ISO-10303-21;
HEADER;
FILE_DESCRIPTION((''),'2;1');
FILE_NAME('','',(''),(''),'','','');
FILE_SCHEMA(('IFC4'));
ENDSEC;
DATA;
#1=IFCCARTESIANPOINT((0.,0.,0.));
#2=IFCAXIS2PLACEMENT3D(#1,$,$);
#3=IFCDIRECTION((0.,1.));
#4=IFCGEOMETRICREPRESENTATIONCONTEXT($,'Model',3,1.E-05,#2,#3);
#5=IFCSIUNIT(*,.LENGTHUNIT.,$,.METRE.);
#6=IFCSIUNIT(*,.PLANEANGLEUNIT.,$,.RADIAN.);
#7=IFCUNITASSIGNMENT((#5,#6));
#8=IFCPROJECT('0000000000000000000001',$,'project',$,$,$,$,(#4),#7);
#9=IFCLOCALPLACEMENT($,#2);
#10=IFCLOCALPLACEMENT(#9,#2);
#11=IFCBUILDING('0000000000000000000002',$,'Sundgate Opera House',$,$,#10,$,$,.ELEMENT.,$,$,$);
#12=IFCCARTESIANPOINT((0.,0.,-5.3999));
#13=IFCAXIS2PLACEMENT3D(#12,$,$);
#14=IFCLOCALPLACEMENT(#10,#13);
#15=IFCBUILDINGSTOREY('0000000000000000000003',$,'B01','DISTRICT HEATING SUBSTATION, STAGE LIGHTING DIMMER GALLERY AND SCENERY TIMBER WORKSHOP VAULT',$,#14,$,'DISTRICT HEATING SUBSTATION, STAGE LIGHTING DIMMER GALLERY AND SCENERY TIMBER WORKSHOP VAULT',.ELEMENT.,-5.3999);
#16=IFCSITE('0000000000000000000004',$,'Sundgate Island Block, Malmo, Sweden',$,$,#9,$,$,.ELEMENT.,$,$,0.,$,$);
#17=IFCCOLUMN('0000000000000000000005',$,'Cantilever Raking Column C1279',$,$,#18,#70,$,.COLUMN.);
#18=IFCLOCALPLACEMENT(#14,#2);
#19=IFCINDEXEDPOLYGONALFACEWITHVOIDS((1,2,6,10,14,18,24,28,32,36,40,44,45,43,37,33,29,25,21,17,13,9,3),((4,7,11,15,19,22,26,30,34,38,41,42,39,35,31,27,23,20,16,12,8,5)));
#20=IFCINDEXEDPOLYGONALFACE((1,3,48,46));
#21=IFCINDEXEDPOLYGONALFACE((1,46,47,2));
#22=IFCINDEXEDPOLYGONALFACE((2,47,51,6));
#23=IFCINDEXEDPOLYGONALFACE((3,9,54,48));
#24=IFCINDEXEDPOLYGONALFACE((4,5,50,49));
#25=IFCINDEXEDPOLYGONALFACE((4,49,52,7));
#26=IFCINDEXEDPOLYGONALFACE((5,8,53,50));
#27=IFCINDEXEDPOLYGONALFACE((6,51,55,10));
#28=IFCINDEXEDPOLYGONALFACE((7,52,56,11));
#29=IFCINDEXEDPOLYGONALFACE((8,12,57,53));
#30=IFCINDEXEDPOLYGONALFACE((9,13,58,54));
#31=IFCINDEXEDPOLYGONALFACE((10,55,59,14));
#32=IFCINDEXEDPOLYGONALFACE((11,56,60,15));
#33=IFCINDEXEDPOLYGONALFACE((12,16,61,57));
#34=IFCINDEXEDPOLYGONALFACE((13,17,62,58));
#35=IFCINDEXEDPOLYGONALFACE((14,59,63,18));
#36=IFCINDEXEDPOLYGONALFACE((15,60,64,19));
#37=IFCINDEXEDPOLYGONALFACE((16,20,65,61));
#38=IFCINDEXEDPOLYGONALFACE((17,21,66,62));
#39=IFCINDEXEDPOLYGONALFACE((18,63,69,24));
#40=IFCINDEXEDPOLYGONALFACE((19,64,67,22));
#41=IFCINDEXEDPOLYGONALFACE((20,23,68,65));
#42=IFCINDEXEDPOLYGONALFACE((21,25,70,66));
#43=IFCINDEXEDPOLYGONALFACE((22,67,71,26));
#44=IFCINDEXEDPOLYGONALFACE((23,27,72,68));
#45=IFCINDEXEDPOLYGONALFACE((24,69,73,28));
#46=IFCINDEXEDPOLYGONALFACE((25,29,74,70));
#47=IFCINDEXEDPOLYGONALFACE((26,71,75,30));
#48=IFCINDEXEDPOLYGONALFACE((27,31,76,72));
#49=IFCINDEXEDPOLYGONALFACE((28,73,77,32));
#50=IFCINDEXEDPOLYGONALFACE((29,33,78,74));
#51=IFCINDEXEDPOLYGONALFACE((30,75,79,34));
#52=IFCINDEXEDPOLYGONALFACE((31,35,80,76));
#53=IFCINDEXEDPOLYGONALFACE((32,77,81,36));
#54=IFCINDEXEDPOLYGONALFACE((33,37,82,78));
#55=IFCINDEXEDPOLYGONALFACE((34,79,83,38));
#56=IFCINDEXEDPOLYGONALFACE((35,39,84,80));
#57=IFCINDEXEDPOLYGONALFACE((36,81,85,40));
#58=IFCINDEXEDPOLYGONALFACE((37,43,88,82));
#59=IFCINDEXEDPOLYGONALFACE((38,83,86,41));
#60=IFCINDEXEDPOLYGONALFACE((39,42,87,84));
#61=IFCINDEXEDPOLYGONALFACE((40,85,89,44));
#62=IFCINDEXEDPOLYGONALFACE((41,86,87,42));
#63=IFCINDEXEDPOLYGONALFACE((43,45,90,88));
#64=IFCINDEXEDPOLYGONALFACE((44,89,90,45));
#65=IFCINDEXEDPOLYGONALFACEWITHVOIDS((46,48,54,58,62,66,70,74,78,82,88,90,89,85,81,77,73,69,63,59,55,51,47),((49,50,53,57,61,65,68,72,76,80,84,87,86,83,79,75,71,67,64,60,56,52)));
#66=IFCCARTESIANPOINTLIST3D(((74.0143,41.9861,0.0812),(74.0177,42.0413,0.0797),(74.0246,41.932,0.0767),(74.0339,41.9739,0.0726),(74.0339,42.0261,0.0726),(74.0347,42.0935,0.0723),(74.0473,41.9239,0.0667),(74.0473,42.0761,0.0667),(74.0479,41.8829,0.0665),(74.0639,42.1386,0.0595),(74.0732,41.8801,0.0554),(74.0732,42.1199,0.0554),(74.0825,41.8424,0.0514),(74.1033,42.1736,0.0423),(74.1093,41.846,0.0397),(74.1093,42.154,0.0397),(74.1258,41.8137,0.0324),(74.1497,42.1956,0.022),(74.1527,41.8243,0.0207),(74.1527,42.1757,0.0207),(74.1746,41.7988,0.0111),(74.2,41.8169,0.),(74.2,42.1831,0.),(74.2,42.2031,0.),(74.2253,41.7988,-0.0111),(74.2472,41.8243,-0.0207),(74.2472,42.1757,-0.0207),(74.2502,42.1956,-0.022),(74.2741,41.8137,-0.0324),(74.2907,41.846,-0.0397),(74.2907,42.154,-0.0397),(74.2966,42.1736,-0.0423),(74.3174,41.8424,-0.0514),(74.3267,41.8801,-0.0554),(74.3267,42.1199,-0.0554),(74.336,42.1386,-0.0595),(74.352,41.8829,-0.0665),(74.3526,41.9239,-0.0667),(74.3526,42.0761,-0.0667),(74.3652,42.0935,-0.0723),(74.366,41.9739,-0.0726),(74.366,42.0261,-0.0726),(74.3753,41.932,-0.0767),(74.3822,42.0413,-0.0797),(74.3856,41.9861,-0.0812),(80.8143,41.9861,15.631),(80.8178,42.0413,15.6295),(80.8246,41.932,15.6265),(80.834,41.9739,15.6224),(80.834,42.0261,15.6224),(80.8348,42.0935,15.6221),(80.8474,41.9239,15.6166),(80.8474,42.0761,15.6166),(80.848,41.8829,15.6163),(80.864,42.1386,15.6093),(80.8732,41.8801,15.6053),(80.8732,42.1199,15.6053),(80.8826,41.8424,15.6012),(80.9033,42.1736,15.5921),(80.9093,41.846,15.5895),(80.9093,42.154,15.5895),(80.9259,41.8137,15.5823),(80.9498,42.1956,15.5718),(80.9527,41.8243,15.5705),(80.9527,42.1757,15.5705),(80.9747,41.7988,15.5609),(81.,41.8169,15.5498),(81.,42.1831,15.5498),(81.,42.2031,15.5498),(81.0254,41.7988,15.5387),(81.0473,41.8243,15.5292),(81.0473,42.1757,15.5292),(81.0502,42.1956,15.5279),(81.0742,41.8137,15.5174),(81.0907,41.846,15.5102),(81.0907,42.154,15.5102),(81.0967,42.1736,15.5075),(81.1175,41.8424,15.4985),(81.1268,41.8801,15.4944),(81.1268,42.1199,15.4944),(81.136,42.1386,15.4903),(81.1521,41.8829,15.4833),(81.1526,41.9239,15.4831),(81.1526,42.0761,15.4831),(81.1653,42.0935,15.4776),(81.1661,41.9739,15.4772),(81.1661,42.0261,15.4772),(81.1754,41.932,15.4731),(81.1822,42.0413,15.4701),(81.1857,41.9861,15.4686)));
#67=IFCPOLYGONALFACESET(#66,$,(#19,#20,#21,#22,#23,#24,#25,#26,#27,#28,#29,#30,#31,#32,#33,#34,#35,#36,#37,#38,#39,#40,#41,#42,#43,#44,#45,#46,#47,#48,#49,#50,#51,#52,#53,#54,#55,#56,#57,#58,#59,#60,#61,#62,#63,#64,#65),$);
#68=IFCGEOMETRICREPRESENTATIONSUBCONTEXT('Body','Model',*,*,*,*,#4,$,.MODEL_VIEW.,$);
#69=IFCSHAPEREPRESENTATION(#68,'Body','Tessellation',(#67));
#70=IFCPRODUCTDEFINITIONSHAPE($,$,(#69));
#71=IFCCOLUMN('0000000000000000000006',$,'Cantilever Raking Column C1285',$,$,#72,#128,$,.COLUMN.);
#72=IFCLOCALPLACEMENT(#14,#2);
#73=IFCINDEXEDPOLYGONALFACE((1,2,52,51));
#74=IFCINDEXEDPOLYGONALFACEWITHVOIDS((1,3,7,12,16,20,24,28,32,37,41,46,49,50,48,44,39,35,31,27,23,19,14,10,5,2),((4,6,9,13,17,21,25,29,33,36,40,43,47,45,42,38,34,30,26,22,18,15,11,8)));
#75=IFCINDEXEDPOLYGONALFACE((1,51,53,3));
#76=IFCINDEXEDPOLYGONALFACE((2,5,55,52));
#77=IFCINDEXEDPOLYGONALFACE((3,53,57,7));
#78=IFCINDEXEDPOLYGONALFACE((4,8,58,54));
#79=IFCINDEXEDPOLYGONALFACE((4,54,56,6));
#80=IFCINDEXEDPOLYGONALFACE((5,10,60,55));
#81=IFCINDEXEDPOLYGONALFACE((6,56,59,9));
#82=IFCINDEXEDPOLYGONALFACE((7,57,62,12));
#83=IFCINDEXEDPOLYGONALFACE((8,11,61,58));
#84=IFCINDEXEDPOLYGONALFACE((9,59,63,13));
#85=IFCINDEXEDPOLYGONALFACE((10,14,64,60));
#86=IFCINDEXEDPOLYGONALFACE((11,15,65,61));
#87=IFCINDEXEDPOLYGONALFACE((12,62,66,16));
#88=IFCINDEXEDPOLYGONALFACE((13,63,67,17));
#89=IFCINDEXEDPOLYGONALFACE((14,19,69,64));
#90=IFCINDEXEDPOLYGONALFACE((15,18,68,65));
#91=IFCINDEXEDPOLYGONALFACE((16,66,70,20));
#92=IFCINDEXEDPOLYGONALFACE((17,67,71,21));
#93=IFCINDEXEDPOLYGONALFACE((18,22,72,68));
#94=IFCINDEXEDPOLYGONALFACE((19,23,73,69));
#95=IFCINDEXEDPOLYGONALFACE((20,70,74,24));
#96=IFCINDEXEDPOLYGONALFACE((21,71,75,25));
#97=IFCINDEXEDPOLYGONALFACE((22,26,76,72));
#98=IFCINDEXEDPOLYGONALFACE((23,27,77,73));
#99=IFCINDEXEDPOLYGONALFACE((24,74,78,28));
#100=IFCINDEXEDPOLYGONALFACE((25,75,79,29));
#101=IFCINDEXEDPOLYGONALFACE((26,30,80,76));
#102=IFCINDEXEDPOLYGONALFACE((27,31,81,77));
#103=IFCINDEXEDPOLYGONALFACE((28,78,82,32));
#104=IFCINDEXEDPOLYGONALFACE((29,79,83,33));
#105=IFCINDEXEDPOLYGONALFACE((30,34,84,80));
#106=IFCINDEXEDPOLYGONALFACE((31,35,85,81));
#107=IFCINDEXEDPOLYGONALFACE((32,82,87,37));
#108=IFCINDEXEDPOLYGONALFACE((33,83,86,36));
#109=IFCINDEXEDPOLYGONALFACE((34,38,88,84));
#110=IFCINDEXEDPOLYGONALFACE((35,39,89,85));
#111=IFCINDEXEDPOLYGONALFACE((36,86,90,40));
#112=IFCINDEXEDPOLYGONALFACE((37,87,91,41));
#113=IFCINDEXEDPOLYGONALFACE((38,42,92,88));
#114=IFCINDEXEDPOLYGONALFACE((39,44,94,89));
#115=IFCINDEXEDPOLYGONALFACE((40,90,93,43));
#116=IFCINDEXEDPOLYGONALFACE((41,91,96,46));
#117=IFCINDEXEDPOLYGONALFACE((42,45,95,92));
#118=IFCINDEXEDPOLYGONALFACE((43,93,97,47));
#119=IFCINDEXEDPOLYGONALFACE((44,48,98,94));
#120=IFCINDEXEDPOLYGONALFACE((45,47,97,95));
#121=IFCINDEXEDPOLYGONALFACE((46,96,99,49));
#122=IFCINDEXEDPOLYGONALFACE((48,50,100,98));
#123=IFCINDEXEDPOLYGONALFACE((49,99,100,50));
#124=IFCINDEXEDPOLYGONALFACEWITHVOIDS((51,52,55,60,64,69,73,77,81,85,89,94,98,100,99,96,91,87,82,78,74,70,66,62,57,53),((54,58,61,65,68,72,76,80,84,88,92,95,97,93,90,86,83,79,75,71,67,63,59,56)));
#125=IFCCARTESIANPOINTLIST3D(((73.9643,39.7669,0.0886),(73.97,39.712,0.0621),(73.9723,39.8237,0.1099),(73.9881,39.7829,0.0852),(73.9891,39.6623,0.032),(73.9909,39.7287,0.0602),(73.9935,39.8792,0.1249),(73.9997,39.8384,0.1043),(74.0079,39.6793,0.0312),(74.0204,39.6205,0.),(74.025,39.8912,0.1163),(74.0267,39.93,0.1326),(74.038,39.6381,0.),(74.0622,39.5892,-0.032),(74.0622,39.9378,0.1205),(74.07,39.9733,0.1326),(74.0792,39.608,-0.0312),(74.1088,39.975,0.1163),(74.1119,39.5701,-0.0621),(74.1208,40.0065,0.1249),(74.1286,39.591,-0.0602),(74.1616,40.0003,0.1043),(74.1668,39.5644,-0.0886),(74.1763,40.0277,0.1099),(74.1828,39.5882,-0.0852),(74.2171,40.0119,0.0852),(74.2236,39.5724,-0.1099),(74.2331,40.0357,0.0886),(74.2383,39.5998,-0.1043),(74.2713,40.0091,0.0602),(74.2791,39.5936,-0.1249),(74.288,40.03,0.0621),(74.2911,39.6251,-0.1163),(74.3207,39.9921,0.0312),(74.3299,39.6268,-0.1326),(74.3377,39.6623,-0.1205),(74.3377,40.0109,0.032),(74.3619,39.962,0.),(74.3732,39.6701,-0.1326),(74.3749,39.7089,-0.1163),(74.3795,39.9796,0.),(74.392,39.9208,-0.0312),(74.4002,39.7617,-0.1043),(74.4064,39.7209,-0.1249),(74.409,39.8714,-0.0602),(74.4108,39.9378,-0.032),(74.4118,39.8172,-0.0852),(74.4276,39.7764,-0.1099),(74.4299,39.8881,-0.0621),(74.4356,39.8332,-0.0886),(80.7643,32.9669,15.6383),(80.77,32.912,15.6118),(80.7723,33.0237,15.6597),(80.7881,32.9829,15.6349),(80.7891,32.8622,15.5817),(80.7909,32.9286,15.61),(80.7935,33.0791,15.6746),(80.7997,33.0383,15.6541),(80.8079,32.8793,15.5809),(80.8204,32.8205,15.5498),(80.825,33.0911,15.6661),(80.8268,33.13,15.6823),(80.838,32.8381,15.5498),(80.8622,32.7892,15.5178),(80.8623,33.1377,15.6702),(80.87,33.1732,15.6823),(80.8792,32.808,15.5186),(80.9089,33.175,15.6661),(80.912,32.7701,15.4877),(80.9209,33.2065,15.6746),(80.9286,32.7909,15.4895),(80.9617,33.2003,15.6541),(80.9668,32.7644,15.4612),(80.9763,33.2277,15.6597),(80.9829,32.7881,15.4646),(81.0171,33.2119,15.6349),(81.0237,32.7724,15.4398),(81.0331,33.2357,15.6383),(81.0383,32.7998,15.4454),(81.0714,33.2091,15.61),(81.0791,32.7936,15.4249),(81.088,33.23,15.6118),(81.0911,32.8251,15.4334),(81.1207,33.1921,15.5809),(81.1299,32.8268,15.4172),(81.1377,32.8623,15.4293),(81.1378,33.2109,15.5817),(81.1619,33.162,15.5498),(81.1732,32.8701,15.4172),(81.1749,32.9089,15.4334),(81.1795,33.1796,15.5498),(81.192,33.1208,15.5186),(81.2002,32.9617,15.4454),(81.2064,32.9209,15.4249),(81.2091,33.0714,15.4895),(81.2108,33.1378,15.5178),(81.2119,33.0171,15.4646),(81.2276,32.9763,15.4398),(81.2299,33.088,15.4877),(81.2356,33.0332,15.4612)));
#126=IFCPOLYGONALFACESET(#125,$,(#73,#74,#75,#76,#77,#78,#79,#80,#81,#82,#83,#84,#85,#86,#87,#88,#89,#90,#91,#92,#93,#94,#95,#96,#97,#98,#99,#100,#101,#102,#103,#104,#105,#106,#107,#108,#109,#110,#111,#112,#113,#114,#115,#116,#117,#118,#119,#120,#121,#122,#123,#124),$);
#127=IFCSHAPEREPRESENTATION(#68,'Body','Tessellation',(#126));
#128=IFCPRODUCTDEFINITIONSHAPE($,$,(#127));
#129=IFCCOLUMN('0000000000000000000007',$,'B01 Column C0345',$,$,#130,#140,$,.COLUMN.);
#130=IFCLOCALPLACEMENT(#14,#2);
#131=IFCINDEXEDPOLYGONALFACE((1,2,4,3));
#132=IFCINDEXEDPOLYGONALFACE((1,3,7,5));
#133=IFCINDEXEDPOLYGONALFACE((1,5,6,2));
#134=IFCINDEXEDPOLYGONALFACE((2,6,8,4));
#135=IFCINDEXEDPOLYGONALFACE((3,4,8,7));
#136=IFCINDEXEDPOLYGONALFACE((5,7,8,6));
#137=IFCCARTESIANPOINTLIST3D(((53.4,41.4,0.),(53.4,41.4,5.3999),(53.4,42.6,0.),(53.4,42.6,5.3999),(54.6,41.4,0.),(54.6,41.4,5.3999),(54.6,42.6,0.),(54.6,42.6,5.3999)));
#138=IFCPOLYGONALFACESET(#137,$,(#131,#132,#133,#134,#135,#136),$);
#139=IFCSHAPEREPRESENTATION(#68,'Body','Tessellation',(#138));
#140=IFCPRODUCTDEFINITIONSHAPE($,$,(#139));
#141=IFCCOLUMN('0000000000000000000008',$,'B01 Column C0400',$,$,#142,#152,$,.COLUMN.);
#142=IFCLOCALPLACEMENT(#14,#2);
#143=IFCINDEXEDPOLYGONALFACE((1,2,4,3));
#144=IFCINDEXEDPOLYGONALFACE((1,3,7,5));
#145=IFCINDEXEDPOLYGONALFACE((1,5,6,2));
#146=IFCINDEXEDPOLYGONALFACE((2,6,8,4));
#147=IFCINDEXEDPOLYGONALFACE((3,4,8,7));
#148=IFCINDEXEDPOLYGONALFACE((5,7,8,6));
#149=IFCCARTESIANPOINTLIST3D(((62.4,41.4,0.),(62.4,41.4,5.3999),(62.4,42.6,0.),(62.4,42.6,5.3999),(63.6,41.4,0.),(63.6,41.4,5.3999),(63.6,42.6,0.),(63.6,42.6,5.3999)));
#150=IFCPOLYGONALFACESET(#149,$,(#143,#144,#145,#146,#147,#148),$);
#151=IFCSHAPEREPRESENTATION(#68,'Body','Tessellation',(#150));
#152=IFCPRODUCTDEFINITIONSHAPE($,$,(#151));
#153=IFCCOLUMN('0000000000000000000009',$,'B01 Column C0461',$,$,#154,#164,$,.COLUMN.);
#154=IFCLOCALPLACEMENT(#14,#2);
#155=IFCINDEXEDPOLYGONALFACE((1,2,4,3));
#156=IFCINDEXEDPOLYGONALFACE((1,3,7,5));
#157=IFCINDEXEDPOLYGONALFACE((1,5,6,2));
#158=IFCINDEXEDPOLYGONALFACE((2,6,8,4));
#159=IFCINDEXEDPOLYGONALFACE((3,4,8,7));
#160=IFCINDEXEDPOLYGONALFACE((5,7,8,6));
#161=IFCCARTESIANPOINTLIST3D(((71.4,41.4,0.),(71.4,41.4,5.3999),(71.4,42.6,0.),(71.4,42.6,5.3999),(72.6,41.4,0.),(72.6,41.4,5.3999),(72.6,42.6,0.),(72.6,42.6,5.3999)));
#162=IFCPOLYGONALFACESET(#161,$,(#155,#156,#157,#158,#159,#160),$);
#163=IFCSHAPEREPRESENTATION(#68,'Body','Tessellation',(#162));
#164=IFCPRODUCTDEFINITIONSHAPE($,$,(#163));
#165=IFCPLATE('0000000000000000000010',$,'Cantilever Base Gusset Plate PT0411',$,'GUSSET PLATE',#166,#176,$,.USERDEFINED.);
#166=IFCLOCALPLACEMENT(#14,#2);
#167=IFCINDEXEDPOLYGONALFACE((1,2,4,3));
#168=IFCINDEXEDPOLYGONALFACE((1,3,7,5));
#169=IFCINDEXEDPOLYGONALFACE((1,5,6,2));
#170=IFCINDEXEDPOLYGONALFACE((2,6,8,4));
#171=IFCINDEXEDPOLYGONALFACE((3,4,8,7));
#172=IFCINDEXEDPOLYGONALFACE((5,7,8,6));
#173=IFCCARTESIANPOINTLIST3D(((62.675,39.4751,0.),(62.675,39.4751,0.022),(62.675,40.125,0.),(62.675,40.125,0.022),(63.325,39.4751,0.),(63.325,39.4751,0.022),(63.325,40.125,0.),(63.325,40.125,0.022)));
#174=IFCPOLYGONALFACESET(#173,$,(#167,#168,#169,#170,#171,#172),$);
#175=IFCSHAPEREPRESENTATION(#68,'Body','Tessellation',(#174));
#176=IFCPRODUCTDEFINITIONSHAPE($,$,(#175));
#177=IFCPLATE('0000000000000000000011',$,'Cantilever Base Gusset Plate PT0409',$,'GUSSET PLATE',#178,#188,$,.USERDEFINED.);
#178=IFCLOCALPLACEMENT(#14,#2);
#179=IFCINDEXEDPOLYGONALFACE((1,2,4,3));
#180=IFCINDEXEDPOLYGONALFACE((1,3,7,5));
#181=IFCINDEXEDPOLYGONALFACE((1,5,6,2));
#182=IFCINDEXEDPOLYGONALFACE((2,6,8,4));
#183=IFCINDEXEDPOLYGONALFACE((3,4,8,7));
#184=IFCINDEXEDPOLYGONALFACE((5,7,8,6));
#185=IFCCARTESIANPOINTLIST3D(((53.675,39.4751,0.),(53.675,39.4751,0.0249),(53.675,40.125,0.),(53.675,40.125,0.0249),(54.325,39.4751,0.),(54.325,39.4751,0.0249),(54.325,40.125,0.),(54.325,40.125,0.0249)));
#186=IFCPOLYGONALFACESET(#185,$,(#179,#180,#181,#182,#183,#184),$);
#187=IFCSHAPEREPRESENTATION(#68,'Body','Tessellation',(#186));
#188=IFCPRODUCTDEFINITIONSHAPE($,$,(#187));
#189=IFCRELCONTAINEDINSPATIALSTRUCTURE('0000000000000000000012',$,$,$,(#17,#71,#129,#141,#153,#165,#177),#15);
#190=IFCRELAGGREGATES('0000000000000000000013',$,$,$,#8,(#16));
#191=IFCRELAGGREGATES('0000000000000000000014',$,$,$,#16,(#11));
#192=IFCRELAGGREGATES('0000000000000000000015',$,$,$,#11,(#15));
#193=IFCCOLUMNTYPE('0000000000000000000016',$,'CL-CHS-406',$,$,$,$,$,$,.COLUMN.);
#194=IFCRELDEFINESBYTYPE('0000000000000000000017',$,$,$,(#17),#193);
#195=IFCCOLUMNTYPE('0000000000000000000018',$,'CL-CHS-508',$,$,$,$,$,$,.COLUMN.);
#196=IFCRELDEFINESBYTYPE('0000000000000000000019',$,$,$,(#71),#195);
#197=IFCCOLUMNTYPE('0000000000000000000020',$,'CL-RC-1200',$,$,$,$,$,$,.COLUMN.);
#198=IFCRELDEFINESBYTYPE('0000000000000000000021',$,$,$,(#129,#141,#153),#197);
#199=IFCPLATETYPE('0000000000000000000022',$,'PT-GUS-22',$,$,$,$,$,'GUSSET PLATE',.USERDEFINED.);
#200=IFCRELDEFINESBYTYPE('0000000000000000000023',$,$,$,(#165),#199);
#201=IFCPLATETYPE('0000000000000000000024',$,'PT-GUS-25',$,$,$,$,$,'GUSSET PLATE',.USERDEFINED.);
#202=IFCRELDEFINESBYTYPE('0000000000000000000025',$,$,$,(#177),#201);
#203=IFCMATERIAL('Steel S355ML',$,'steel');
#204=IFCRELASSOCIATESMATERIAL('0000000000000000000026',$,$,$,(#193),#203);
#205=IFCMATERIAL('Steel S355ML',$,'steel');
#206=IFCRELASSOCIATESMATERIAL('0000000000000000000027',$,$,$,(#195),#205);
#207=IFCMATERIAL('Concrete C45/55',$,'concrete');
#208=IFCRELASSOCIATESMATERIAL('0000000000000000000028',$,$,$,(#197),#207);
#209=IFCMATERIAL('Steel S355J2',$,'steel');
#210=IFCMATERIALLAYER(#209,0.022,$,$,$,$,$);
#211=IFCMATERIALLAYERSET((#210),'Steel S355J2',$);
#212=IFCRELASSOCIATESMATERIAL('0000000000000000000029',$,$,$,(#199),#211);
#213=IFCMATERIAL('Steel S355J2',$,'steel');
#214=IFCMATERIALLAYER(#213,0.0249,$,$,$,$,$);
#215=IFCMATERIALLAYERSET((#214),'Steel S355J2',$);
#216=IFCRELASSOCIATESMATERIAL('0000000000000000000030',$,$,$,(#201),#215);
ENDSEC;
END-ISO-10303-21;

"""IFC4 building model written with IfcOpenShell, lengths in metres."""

from ifc_helpers import new_model, si_unit, direction, frame, origin, origin_2d, place, context, subcontext, project, spatial, rectangle, hollow_circle, extrude, material, layer, layer_set, material_profile, profile_set, type_object, element, save


model = new_model("IFC4")

# Units and contexts
model_context = context("Model", 3, precision=1e-05, world=origin(), true_north=direction((0.0, 1.0)))
body_context = subcontext(model_context, "Body", "Model", "MODEL_VIEW")
ifc_project = project(units=[si_unit("LENGTHUNIT", "METRE"), si_unit("PLANEANGLEUNIT", "RADIAN")], contexts=[model_context])

# Site, building, storey
site_placement = place(None, origin())
site = spatial("IfcSite", under=ifc_project, at=site_placement, Name="Sundgate Island Block, Malmo, Sweden", CompositionType="ELEMENT", RefElevation=0.0)
building_placement = place(site_placement, origin())
building = spatial("IfcBuilding", under=site, at=building_placement, Name="Sundgate Opera House", CompositionType="ELEMENT")
storey_placement = place(building_placement, frame((0.0, 0.0, -5.3999)))
storey = spatial("IfcBuildingStorey", under=building, at=storey_placement, Name="B01", Description="DISTRICT HEATING SUBSTATION, STAGE LIGHTING DIMMER GALLERY AND SCENERY TIMBER WORKSHOP VAULT", LongName="DISTRICT HEATING SUBSTATION, STAGE LIGHTING DIMMER GALLERY AND SCENERY TIMBER WORKSHOP VAULT", CompositionType="ELEMENT", Elevation=-5.3999)

# Columns
ifc_material_1 = material(Name="Steel S355ML", Category="steel")
ifc_material_profile_1 = material_profile(ifc_material_1, hollow_circle(Radius=0.2031, WallThickness=0.02, at=origin_2d()), Name="CHS 406.4x20.0")
ifc_profile_set_1 = profile_set([ifc_material_profile_1], Name="Steel S355ML")
column_type_1 = type_object("IfcColumnType", Name="CL-CHS-406", PredefinedType="COLUMN", material=ifc_profile_set_1)
for number, where, z_axis, x_axis, name in (
    (1, (74.2, 42.0, 0.0), (0.400671, 0.0, 0.916222), (0.0, 1.0, 0.0), "Cantilever Raking Column C1279"),
):
    element("IfcColumn", number, at=place(storey_placement, frame(where, z_axis=z_axis, x_axis=x_axis)), inside=storey, type_object=column_type_1, Name=name, PredefinedType="COLUMN", context=body_context, shape_type="SweptSolid", body=[
        extrude(hollow_circle(Radius=0.2031, WallThickness=0.02, at=origin_2d()), origin(), (0.0, 0.0, 1.0), 16.9717),
    ])
ifc_material_2 = material(Name="Steel S355ML", Category="steel")
ifc_material_profile_2 = material_profile(ifc_material_2, hollow_circle(Radius=0.2539, WallThickness=0.0249, at=origin_2d()), Name="CHS 508x25.0")
ifc_profile_set_2 = profile_set([ifc_material_profile_2], Name="Steel S355ML")
column_type_2 = type_object("IfcColumnType", Name="CL-CHS-508", PredefinedType="COLUMN", material=ifc_profile_set_2)
column_placement = place(storey_placement, frame((74.2, 39.8, 0.0), z_axis=(0.371928, -0.371928, 0.850494), x_axis=(0.707107, 0.707107, 0.0)))
element("IfcColumn", 2, at=column_placement, inside=storey, type_object=column_type_2, Name="Cantilever Raking Column C1285", PredefinedType="COLUMN", context=body_context, shape_type="SweptSolid", body=[
    extrude(hollow_circle(Radius=0.2539, WallThickness=0.0249, at=origin_2d()), origin(), (0.0, 0.0, 1.0), 18.2832),
])
ifc_material_3 = material(Name="Concrete C45/55", Category="concrete")
ifc_material_profile_3 = material_profile(ifc_material_3, rectangle(XDim=1.2, YDim=1.2, at=origin_2d()), Name="RC 1200x1200")
ifc_profile_set_3 = profile_set([ifc_material_profile_3], Name="Concrete C45/55")
column_type_3 = type_object("IfcColumnType", Name="CL-RC-1200", PredefinedType="COLUMN", material=ifc_profile_set_3)
for number, where, z_axis, x_axis, name in (
    (3, (54.0, 42.0, 0.0), (0.0, 0.0, 1.0), (1.0, 0.0, 0.0), "B01 Column C0345"),
    (4, (63.0, 42.0, 0.0), (0.0, 0.0, 1.0), (1.0, 0.0, 0.0), "B01 Column C0400"),
    (5, (72.0, 42.0, 0.0), (0.0, 0.0, 1.0), (1.0, 0.0, 0.0), "B01 Column C0461"),
):
    element("IfcColumn", number, at=place(storey_placement, frame(where, z_axis=z_axis, x_axis=x_axis)), inside=storey, type_object=column_type_3, Name=name, PredefinedType="COLUMN", context=body_context, shape_type="SweptSolid", body=[
        extrude(rectangle(XDim=1.2, YDim=1.2, at=origin_2d()), origin(), (0.0, 0.0, 1.0), 5.3999),
    ])

# Plates
ifc_material_4 = material(Name="Steel S355J2", Category="steel")
ifc_layer_1 = layer(ifc_material_4, 0.022)
ifc_layer_set_1 = layer_set([ifc_layer_1], Name="Steel S355J2")
plate_type_1 = type_object("IfcPlateType", Name="PT-GUS-22", ElementType="GUSSET PLATE", PredefinedType="USERDEFINED", material=ifc_layer_set_1)
plate_1_placement = place(storey_placement, frame((63.0, 39.8, 0.0), z_axis=(0.0, 0.0, 1.0), x_axis=(1.0, 0.0, 0.0)))
element("IfcPlate", 6, at=plate_1_placement, inside=storey, type_object=plate_type_1, Name="Cantilever Base Gusset Plate PT0411", ObjectType="GUSSET PLATE", PredefinedType="USERDEFINED", context=body_context, shape_type="SweptSolid", body=[
    extrude(rectangle(XDim=0.6499, YDim=0.6499, at=origin_2d()), origin(), (0.0, 0.0, 1.0), 0.022),
])
ifc_material_5 = material(Name="Steel S355J2", Category="steel")
ifc_layer_2 = layer(ifc_material_5, 0.0249)
ifc_layer_set_2 = layer_set([ifc_layer_2], Name="Steel S355J2")
plate_type_2 = type_object("IfcPlateType", Name="PT-GUS-25", ElementType="GUSSET PLATE", PredefinedType="USERDEFINED", material=ifc_layer_set_2)
plate_2_placement = place(storey_placement, frame((54.0, 39.8, 0.0), z_axis=(0.0, 0.0, 1.0), x_axis=(1.0, 0.0, 0.0)))
element("IfcPlate", 7, at=plate_2_placement, inside=storey, type_object=plate_type_2, Name="Cantilever Base Gusset Plate PT0409", ObjectType="GUSSET PLATE", PredefinedType="USERDEFINED", context=body_context, shape_type="SweptSolid", body=[
    extrude(rectangle(XDim=0.6499, YDim=0.6499, at=origin_2d()), origin(), (0.0, 0.0, 1.0), 0.0249),
])

save(model, "model.ifc")
